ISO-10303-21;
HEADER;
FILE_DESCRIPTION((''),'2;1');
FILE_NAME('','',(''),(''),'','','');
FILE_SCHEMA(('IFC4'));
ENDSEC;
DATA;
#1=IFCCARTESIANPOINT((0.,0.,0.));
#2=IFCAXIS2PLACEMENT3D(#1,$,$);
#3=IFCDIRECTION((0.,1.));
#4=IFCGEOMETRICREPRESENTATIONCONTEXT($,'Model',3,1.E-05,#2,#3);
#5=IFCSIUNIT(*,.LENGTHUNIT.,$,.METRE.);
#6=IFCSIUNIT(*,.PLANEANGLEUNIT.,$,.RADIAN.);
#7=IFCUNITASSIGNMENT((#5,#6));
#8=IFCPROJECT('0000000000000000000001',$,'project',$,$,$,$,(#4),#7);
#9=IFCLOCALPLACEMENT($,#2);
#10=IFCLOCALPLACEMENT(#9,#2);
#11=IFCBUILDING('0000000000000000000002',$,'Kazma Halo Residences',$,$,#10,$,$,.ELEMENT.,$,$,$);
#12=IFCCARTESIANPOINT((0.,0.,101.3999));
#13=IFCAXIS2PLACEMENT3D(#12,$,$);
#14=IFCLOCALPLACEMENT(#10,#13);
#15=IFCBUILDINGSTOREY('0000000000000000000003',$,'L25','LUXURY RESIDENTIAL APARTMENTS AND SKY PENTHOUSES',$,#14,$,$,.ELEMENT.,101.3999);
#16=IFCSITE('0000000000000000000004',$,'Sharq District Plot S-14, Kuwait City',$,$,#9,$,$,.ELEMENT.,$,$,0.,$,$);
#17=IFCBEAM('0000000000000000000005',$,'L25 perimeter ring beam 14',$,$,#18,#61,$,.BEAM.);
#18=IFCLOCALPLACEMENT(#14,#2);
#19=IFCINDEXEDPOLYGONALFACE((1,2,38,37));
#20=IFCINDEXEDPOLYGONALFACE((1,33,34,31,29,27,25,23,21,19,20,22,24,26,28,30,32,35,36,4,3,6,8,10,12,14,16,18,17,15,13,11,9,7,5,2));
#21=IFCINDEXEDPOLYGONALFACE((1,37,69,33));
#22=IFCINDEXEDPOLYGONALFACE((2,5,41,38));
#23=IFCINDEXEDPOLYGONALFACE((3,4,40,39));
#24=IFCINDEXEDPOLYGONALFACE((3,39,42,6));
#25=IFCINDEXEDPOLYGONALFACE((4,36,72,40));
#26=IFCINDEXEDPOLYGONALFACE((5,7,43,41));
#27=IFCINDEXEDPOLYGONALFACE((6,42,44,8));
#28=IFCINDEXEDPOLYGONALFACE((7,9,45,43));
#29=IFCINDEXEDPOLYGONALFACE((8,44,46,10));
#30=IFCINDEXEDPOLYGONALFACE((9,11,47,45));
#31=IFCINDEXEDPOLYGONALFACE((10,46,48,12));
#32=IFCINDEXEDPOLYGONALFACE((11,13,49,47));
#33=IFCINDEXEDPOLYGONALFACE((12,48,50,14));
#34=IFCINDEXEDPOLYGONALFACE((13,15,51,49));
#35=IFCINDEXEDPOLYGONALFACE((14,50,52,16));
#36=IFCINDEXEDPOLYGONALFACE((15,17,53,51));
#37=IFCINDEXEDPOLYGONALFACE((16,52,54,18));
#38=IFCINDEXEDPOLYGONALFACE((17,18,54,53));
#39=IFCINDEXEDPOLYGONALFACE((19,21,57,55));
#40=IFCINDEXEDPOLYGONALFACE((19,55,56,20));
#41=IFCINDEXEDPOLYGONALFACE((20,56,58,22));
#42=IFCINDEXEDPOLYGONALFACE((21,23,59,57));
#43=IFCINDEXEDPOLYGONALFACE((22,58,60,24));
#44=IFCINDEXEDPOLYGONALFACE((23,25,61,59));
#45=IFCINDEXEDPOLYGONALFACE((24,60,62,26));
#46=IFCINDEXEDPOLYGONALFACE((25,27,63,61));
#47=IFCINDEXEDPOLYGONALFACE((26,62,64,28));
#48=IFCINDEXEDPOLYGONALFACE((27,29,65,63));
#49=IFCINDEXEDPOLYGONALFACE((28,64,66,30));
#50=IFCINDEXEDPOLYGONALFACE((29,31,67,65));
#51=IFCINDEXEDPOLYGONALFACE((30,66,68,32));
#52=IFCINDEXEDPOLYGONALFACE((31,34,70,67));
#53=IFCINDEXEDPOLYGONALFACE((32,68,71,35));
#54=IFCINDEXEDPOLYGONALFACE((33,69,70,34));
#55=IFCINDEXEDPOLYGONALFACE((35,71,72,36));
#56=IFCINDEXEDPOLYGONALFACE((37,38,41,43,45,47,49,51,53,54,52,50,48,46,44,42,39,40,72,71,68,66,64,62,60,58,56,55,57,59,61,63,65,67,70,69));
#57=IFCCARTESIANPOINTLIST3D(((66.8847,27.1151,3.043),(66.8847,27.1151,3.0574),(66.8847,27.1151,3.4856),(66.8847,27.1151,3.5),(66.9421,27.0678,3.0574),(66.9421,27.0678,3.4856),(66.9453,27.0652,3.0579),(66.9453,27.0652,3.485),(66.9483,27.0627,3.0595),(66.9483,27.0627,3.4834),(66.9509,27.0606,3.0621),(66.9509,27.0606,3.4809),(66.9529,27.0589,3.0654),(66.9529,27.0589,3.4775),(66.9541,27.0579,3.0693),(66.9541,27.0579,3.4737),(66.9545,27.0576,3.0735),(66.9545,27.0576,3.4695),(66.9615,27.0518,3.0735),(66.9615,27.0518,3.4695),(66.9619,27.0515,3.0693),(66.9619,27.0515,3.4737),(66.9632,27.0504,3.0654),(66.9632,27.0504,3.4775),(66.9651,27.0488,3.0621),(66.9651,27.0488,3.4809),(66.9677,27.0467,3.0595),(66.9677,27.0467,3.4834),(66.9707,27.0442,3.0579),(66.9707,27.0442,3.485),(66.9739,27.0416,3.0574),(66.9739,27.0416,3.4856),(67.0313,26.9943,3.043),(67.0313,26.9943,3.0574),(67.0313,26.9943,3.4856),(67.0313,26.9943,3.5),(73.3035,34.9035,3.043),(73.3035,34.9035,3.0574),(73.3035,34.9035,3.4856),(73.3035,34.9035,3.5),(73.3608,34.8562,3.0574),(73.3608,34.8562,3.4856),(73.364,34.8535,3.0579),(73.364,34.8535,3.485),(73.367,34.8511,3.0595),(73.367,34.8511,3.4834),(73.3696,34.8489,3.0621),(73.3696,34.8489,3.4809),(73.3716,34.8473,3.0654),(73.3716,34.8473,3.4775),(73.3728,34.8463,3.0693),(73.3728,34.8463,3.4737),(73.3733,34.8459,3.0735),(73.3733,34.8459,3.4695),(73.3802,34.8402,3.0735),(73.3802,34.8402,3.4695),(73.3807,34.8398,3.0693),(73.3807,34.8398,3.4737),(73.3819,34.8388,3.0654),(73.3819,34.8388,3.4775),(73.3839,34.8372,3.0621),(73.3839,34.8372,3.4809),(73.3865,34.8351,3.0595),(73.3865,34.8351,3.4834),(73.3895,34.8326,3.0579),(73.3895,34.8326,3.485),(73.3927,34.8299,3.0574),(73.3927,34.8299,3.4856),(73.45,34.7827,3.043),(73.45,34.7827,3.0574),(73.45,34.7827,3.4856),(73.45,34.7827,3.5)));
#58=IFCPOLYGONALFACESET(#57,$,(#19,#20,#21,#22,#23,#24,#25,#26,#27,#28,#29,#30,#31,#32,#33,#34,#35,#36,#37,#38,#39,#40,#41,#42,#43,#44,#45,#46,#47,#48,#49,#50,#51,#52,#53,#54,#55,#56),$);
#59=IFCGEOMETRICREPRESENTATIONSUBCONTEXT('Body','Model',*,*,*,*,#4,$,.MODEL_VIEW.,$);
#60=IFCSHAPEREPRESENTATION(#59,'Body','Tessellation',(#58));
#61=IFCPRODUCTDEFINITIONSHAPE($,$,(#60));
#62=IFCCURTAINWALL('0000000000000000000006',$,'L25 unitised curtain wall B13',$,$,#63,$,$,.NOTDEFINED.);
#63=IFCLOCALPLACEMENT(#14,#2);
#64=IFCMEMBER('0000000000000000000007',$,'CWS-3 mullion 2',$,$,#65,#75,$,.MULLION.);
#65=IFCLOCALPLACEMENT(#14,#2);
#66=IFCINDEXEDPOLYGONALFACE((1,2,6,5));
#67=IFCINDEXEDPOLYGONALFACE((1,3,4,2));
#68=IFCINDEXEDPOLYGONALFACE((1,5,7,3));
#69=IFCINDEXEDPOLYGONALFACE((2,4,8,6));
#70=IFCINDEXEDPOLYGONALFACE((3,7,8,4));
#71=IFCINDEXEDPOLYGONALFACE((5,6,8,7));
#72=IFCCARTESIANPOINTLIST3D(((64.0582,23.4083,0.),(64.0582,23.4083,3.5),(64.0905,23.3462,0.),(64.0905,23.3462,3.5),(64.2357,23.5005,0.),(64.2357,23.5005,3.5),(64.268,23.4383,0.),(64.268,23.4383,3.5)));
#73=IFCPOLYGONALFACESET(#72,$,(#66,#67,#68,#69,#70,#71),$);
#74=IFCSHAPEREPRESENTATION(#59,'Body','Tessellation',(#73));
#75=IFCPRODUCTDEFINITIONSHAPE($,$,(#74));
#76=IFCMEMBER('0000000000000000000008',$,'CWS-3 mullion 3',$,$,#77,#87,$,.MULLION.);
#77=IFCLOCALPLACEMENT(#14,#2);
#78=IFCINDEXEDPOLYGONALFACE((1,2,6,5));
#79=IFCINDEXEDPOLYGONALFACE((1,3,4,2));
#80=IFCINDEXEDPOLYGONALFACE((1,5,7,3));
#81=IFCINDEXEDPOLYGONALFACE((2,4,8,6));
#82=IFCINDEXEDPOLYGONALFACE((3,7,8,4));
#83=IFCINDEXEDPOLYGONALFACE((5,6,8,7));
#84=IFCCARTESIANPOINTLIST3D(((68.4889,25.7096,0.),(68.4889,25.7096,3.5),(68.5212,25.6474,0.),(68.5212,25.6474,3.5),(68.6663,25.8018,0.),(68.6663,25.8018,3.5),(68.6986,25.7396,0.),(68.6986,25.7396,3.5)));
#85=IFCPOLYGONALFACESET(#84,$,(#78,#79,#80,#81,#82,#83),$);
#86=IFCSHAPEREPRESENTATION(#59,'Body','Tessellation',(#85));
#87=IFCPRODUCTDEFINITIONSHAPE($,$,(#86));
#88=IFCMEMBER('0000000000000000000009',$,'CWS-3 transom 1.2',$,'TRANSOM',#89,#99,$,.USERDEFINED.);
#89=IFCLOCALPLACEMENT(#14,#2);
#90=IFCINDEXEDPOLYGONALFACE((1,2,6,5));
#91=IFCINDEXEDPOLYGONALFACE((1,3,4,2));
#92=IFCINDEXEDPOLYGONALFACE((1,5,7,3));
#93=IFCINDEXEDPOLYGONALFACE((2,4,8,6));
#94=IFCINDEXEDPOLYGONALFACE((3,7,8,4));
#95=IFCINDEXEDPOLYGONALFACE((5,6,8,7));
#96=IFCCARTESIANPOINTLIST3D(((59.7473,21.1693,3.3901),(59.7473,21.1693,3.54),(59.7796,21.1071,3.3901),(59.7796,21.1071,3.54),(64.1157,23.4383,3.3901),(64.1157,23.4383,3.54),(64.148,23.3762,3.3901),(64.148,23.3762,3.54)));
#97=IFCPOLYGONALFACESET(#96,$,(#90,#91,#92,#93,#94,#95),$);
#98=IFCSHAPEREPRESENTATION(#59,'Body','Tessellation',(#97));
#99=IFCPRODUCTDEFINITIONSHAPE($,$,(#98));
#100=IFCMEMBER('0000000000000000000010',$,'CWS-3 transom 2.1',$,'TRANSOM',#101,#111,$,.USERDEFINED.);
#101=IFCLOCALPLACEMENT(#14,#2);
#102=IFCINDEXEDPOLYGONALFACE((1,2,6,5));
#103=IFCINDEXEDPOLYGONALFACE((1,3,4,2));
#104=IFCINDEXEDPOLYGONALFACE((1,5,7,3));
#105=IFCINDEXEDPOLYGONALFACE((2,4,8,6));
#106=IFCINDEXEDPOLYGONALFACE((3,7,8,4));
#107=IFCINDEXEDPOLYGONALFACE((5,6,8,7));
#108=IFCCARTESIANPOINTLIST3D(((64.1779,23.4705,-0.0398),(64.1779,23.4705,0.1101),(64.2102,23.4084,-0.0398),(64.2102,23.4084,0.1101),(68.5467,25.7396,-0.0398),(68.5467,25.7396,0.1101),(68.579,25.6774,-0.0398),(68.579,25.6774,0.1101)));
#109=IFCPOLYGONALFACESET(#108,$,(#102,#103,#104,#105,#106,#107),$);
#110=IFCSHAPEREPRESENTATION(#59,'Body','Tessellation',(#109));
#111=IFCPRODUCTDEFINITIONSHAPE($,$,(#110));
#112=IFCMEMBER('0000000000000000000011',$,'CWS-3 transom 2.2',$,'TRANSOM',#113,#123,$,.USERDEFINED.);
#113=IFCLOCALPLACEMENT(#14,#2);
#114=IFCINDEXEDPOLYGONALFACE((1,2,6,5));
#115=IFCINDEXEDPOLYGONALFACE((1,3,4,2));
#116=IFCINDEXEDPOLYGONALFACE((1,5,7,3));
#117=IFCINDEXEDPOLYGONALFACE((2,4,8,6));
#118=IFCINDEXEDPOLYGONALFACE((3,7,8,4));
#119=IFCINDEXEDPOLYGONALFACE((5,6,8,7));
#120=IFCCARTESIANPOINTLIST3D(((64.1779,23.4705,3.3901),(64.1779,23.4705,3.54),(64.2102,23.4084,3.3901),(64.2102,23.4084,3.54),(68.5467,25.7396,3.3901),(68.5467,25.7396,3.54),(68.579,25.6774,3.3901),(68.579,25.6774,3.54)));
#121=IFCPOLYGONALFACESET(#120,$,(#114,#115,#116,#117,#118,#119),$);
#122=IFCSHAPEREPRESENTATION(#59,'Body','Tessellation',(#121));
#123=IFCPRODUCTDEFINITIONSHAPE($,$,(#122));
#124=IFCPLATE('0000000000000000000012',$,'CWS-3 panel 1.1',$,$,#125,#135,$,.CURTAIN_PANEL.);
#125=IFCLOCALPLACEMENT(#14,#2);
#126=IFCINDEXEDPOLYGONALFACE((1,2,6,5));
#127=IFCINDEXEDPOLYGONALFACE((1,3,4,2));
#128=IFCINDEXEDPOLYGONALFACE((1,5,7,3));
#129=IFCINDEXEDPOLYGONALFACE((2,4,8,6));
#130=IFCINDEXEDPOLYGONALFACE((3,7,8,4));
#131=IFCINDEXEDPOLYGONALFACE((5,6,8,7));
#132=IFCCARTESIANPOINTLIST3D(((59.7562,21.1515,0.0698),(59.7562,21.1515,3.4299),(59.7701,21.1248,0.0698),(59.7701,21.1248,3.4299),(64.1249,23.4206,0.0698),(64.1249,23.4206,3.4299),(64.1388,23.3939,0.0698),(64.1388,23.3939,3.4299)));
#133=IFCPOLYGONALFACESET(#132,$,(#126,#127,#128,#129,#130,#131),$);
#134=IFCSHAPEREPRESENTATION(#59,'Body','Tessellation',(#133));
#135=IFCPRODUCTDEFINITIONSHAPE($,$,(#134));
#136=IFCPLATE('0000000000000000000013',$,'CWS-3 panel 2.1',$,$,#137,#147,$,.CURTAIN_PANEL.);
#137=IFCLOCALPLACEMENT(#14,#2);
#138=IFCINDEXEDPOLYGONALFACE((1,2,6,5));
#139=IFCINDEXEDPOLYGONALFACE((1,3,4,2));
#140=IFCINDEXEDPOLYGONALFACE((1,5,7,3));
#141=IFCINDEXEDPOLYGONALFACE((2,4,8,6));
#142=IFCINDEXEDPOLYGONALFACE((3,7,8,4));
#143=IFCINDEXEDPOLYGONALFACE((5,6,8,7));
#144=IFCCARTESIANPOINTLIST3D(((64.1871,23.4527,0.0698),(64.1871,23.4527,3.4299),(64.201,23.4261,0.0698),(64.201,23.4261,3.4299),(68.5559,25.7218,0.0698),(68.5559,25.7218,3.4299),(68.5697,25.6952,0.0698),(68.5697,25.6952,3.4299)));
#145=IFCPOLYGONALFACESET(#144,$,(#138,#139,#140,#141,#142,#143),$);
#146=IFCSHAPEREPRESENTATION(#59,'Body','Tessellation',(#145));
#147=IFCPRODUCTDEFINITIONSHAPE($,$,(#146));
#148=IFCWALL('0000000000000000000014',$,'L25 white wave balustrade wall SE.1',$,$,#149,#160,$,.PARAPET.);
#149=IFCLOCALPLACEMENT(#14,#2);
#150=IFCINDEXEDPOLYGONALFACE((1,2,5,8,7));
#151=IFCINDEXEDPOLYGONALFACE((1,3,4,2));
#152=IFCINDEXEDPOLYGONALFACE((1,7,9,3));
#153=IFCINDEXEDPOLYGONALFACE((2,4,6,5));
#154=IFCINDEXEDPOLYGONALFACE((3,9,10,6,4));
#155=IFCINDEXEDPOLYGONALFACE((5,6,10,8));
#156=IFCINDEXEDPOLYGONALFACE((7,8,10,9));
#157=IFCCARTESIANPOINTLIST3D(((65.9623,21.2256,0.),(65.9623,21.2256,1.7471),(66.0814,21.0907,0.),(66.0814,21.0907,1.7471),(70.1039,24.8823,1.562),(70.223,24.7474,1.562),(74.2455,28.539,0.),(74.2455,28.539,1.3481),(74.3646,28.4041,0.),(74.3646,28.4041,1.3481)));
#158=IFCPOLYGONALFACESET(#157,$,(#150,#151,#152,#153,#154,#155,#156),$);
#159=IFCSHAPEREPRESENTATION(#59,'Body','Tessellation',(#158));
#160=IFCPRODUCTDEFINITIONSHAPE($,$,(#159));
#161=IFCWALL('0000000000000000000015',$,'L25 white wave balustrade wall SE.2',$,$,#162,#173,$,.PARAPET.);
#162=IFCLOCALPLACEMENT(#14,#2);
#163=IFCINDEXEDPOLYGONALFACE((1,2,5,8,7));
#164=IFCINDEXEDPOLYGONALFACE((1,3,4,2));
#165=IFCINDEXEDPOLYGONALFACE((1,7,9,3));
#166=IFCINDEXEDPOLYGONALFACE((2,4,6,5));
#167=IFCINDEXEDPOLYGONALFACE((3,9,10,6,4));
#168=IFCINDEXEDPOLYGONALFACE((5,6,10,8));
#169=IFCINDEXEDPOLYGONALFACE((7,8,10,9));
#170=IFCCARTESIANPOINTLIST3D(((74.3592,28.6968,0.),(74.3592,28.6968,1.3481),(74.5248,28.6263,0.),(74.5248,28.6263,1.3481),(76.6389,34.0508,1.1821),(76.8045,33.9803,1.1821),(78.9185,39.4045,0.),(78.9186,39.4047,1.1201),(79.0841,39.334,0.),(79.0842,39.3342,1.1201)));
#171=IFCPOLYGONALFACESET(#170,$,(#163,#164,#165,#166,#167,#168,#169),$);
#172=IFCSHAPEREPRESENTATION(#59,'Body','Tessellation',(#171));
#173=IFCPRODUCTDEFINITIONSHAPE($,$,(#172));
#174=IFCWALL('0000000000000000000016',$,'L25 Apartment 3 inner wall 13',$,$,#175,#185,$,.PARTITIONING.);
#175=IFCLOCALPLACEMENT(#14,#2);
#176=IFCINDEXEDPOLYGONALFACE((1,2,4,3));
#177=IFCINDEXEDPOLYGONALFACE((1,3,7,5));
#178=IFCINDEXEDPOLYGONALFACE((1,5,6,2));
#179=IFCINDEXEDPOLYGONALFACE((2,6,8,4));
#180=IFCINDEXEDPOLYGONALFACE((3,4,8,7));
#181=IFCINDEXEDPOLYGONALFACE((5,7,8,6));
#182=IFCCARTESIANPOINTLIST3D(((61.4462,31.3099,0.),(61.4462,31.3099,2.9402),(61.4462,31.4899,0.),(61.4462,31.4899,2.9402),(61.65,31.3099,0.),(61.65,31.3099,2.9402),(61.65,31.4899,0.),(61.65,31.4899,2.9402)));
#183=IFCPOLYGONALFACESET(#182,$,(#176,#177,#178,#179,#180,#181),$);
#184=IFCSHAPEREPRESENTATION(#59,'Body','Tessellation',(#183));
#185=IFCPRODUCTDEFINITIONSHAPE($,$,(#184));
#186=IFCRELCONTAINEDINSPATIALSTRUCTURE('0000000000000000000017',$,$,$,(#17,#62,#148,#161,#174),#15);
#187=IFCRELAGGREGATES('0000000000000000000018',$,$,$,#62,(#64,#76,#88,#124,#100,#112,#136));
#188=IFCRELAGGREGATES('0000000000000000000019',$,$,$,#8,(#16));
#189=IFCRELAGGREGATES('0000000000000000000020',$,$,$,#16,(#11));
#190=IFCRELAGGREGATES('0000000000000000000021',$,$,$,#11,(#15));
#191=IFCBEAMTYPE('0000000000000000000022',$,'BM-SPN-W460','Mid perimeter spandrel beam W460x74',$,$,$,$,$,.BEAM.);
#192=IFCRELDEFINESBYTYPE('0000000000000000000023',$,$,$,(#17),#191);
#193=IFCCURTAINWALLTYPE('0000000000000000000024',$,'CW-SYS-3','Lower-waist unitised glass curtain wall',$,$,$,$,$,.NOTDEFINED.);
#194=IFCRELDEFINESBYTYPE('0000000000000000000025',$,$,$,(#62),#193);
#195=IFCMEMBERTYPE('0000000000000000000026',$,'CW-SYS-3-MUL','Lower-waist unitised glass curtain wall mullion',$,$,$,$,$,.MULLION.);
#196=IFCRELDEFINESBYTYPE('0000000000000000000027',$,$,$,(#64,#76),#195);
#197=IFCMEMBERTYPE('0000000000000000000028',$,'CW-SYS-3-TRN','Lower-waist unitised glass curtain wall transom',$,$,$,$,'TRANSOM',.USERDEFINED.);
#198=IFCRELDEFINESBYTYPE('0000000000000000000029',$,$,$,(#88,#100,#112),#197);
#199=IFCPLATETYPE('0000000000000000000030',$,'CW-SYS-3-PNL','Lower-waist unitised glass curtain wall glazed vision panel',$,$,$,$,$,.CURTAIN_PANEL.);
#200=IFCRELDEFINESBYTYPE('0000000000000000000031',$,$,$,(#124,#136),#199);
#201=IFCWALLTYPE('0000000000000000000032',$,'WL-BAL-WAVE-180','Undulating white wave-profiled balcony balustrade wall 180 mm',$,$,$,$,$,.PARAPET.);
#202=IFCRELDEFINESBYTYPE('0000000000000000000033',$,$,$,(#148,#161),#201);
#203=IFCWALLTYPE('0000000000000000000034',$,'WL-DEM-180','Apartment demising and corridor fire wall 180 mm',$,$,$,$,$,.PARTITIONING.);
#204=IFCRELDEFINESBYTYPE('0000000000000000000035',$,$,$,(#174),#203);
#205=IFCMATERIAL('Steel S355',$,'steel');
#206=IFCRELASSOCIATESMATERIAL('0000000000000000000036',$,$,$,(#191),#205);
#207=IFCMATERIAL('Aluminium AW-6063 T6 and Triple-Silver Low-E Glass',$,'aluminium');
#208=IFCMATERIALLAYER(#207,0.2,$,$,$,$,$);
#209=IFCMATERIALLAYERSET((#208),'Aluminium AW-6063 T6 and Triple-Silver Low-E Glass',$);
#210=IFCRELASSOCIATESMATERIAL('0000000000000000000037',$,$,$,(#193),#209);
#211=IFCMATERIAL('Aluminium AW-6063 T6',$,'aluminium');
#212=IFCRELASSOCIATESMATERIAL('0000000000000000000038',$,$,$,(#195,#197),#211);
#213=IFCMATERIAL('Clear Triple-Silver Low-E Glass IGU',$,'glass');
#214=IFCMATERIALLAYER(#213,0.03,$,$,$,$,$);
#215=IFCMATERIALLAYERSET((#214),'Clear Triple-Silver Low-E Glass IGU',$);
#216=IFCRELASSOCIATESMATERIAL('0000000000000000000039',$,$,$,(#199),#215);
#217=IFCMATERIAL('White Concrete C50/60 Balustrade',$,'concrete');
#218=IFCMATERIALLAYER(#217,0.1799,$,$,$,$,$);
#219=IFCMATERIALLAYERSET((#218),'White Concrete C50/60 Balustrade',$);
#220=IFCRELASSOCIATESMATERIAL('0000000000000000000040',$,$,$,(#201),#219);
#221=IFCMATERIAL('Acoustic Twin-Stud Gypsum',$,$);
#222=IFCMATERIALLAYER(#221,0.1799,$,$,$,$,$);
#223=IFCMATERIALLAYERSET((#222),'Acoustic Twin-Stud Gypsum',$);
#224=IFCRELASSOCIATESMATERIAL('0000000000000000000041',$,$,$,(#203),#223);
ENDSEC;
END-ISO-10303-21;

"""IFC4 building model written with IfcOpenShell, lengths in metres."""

from ifc_helpers import new_model, si_unit, direction, frame, frame_2d, origin, origin_2d, place, context, subcontext, project, spatial, polyline, rectangle, i_section, outline, extrude, material, layer, layer_set, material_profile, profile_set, type_object, element, aggregate, save


model = new_model("IFC4")

# Units and contexts
model_context = context("Model", 3, precision=1e-05, world=origin(), true_north=direction((0.0, 1.0)))
body_context = subcontext(model_context, "Body", "Model", "MODEL_VIEW")
ifc_project = project(units=[si_unit("LENGTHUNIT", "METRE"), si_unit("PLANEANGLEUNIT", "RADIAN")], contexts=[model_context])

# Site, building, storey
site_placement = place(None, origin())
site = spatial("IfcSite", under=ifc_project, at=site_placement, Name="Sharq District Plot S-14, Kuwait City", CompositionType="ELEMENT", RefElevation=0.0)
building_placement = place(site_placement, origin())
building = spatial("IfcBuilding", under=site, at=building_placement, Name="Kazma Halo Residences", CompositionType="ELEMENT")
storey_placement = place(building_placement, frame((0.0, 0.0, 101.3999)))
storey = spatial("IfcBuildingStorey", under=building, at=storey_placement, Name="L25", Description="LUXURY RESIDENTIAL APARTMENTS AND SKY PENTHOUSES", CompositionType="ELEMENT", Elevation=101.3999)

# Beam
ifc_material_1 = material(Name="Steel S355", Category="steel")
ifc_material_profile_1 = material_profile(ifc_material_1, i_section(OverallWidth=0.1899, OverallDepth=0.457, WebThickness=0.009, FlangeThickness=0.0144, FilletRadius=0.0161, at=origin_2d()), Name="W460x74")
ifc_profile_set_1 = profile_set([ifc_material_profile_1], Name="Steel S355")
beam_type_1 = type_object("IfcBeamType", Name="BM-SPN-W460", Description="Mid perimeter spandrel beam W460x74", PredefinedType="BEAM", material=ifc_profile_set_1)
beam_1_placement = place(storey_placement, frame((66.958, 27.0547, 3.2715), z_axis=(0.63599, 0.771698, 0.0), x_axis=(-0.771698, 0.63599, 0.0)))
element("IfcBeam", 1, at=beam_1_placement, inside=storey, type_object=beam_type_1, Name="L25 perimeter ring beam 14", PredefinedType="BEAM", context=body_context, shape_type="SweptSolid", body=[
    extrude(i_section(OverallWidth=0.1899, OverallDepth=0.457, WebThickness=0.009, FlangeThickness=0.0144, FilletRadius=0.0161, at=origin_2d()), origin(), (0.0, 0.0, 1.0), 10.0925),
])

# Curtain wall, members, plates
ifc_material_2 = material(Name="Aluminium AW-6063 T6 and Triple-Silver Low-E Glass", Category="aluminium")
ifc_layer_1 = layer(ifc_material_2, 0.2)
ifc_layer_set_1 = layer_set([ifc_layer_1], Name="Aluminium AW-6063 T6 and Triple-Silver Low-E Glass")
curtain_wall_type = type_object("IfcCurtainWallType", Name="CW-SYS-3", Description="Lower-waist unitised glass curtain wall", PredefinedType="NOTDEFINED", material=ifc_layer_set_1)
curtain_wall_placement = place(storey_placement, origin())
curtain_wall = element("IfcCurtainWall", 2, at=curtain_wall_placement, inside=storey, type_object=curtain_wall_type, Name="L25 unitised curtain wall B13", PredefinedType="NOTDEFINED")
ifc_material_3 = material(Name="Aluminium AW-6063 T6", Category="aluminium")
ifc_material_profile_2 = material_profile(ifc_material_3, rectangle(XDim=0.0701, YDim=0.2, at=origin_2d()), Name="CWM-70x200")
ifc_profile_set_2 = profile_set([ifc_material_profile_2], Name="Aluminium AW-6063 T6")
member_type_1 = type_object("IfcMemberType", Name="CW-SYS-3-MUL", Description="Lower-waist unitised glass curtain wall mullion", PredefinedType="MULLION", material=ifc_profile_set_2)
member_1_placement = place(storey_placement, frame((64.1631, 23.4233, 0.0), z_axis=(0.0, 0.0, 1.0), x_axis=(-0.460932, 0.887435, 0.0)))
member_1 = element("IfcMember", 3, at=member_1_placement, type_object=member_type_1, Name="CWS-3 mullion 2", PredefinedType="MULLION", context=body_context, shape_type="SweptSolid", body=[
    extrude(rectangle(XDim=0.0701, YDim=0.2, at=origin_2d()), origin(), (0.0, 0.0, 1.0), 3.5),
])
member_2_placement = place(storey_placement, frame((68.5938, 25.7246, 0.0), z_axis=(0.0, 0.0, 1.0), x_axis=(-0.460932, 0.887435, 0.0)))
member_2 = element("IfcMember", 4, at=member_2_placement, type_object=member_type_1, Name="CWS-3 mullion 3", PredefinedType="MULLION", context=body_context, shape_type="SweptSolid", body=[
    extrude(rectangle(XDim=0.0701, YDim=0.2, at=origin_2d()), origin(), (0.0, 0.0, 1.0), 3.5),
])
ifc_material_profile_3 = material_profile(ifc_material_3, rectangle(XDim=0.0701, YDim=0.1499, at=origin_2d()), Name="CWT-70x150")
ifc_profile_set_3 = profile_set([ifc_material_profile_3], Name="Aluminium AW-6063 T6")
member_type_2 = type_object("IfcMemberType", Name="CW-SYS-3-TRN", Description="Lower-waist unitised glass curtain wall transom", ElementType="TRANSOM", PredefinedType="USERDEFINED", material=ifc_profile_set_3)
member_3_placement = place(storey_placement, frame((59.7634, 21.1382, 3.4651), z_axis=(0.887427, 0.460948, 0.0), x_axis=(-0.460948, 0.887427, 0.0)))
member_3 = element("IfcMember", 5, at=member_3_placement, type_object=member_type_2, Name="CWS-3 transom 1.2", ObjectType="TRANSOM", PredefinedType="USERDEFINED", context=body_context, shape_type="SweptSolid", body=[
    extrude(rectangle(XDim=0.0701, YDim=0.1499, at=origin_2d()), origin(), (0.0, 0.0, 1.0), 4.9226),
])
member_4_placement = place(storey_placement, frame((64.1941, 23.4395, 0.0352), z_axis=(0.887438, 0.460928, 0.0), x_axis=(-0.460928, 0.887438, 0.0)))
member_4 = element("IfcMember", 6, at=member_4_placement, type_object=member_type_2, Name="CWS-3 transom 2.1", ObjectType="TRANSOM", PredefinedType="USERDEFINED", context=body_context, shape_type="SweptSolid", body=[
    extrude(rectangle(XDim=0.0701, YDim=0.1499, at=origin_2d()), origin(), (0.0, 0.0, 1.0), 4.9229),
])
member_5_placement = place(storey_placement, frame((64.1941, 23.4395, 3.4651), z_axis=(0.887438, 0.460928, 0.0), x_axis=(-0.460928, 0.887438, 0.0)))
member_5 = element("IfcMember", 7, at=member_5_placement, type_object=member_type_2, Name="CWS-3 transom 2.2", ObjectType="TRANSOM", PredefinedType="USERDEFINED", context=body_context, shape_type="SweptSolid", body=[
    extrude(rectangle(XDim=0.0701, YDim=0.1499, at=origin_2d()), origin(), (0.0, 0.0, 1.0), 4.9229),
])
ifc_material_4 = material(Name="Clear Triple-Silver Low-E Glass IGU", Category="glass")
ifc_layer_2 = layer(ifc_material_4, 0.03)
ifc_layer_set_2 = layer_set([ifc_layer_2], Name="Clear Triple-Silver Low-E Glass IGU")
plate_type = type_object("IfcPlateType", Name="CW-SYS-3-PNL", Description="Lower-waist unitised glass curtain wall glazed vision panel", PredefinedType="CURTAIN_PANEL", material=ifc_layer_set_2)
plate_1_placement = place(storey_placement, frame((61.9475, 22.2727, 0.0698), z_axis=(0.0, 0.0, 1.0), x_axis=(0.887435, 0.460932, 0.0)))
plate_1 = element("IfcPlate", 8, at=plate_1_placement, type_object=plate_type, Name="CWS-3 panel 1.1", PredefinedType="CURTAIN_PANEL", context=body_context, shape_type="SweptSolid", body=[
    extrude(rectangle(XDim=4.9229, YDim=0.03, at=origin_2d()), origin(), (0.0, 0.0, 1.0), 3.3601),
])
plate_2_placement = place(storey_placement, frame((66.3784, 24.574, 0.0698), z_axis=(0.0, 0.0, 1.0), x_axis=(0.887435, 0.460932, 0.0)))
plate_2 = element("IfcPlate", 9, at=plate_2_placement, type_object=plate_type, Name="CWS-3 panel 2.1", PredefinedType="CURTAIN_PANEL", context=body_context, shape_type="SweptSolid", body=[
    extrude(rectangle(XDim=4.9229, YDim=0.03, at=origin_2d()), origin(), (0.0, 0.0, 1.0), 3.3601),
])
aggregate(curtain_wall, [member_1, member_2, member_3, plate_1, member_4, member_5, plate_2])

# Walls
ifc_material_5 = material(Name="White Concrete C50/60 Balustrade", Category="concrete")
ifc_layer_3 = layer(ifc_material_5, 0.1799)
ifc_layer_set_3 = layer_set([ifc_layer_3], Name="White Concrete C50/60 Balustrade")
wall_type_1 = type_object("IfcWallType", Name="WL-BAL-WAVE-180", Description="Undulating white wave-profiled balcony balustrade wall 180 mm", PredefinedType="PARAPET", material=ifc_layer_set_3)
wall_1_placement = place(storey_placement, frame((66.0217, 21.1582, 0.0), z_axis=(0.0, 0.0, 1.0), x_axis=(0.749624, 0.661864, 0.0)))
element("IfcWall", 10, at=wall_1_placement, inside=storey, type_object=wall_type_1, Name="L25 white wave balustrade wall SE.1", PredefinedType="PARAPET", context=body_context, shape_type="SweptSolid", body=[
    extrude(outline(polyline([(0.0, 0.0), (11.0498, 0.0), (11.0498, 1.3481), (5.5249, 1.562), (0.0, 1.7471), (0.0, 0.0)])), frame((0.0, 0.0898, 0.0), z_axis=(0.0, -1.0, 0.0), x_axis=(1.0, 0.0, 0.0)), (0.0, 0.0, 1.0), 0.1799),
])
wall_2_placement = place(storey_placement, frame((74.4419, 28.6616, 0.0), z_axis=(0.0, 0.0, 1.0), x_axis=(0.391761, 0.920067, 0.0)))
element("IfcWall", 11, at=wall_2_placement, inside=storey, type_object=wall_type_1, Name="L25 white wave balustrade wall SE.2", PredefinedType="PARAPET", context=body_context, shape_type="SweptSolid", body=[
    extrude(outline(polyline([(0.0, 0.0), (11.6379, 0.0), (11.6382, 1.1201), (5.8191, 1.1821), (0.0, 1.3481), (0.0, 0.0)])), frame((0.0, 0.0898, 0.0), z_axis=(0.0, -1.0, 0.0), x_axis=(1.0, 0.0, 0.0)), (0.0, 0.0, 1.0), 0.1799),
])
ifc_material_6 = material(Name="Acoustic Twin-Stud Gypsum")
ifc_layer_4 = layer(ifc_material_6, 0.1799)
ifc_layer_set_4 = layer_set([ifc_layer_4], Name="Acoustic Twin-Stud Gypsum")
wall_type_2 = type_object("IfcWallType", Name="WL-DEM-180", Description="Apartment demising and corridor fire wall 180 mm", PredefinedType="PARTITIONING", material=ifc_layer_set_4)
wall_3_placement = place(storey_placement, frame((61.446, 31.3999, 0.0), z_axis=(0.0, 0.0, 1.0), x_axis=(1.0, 0.0, 0.0)))
element("IfcWall", 12, at=wall_3_placement, inside=storey, type_object=wall_type_2, Name="L25 Apartment 3 inner wall 13", PredefinedType="PARTITIONING", context=body_context, shape_type="SweptSolid", body=[
    extrude(rectangle(XDim=0.2039, YDim=0.1799, at=frame_2d((0.1021, 0.0))), origin(), (0.0, 0.0, 1.0), 2.9402),
])

save(model, "model.ifc")
